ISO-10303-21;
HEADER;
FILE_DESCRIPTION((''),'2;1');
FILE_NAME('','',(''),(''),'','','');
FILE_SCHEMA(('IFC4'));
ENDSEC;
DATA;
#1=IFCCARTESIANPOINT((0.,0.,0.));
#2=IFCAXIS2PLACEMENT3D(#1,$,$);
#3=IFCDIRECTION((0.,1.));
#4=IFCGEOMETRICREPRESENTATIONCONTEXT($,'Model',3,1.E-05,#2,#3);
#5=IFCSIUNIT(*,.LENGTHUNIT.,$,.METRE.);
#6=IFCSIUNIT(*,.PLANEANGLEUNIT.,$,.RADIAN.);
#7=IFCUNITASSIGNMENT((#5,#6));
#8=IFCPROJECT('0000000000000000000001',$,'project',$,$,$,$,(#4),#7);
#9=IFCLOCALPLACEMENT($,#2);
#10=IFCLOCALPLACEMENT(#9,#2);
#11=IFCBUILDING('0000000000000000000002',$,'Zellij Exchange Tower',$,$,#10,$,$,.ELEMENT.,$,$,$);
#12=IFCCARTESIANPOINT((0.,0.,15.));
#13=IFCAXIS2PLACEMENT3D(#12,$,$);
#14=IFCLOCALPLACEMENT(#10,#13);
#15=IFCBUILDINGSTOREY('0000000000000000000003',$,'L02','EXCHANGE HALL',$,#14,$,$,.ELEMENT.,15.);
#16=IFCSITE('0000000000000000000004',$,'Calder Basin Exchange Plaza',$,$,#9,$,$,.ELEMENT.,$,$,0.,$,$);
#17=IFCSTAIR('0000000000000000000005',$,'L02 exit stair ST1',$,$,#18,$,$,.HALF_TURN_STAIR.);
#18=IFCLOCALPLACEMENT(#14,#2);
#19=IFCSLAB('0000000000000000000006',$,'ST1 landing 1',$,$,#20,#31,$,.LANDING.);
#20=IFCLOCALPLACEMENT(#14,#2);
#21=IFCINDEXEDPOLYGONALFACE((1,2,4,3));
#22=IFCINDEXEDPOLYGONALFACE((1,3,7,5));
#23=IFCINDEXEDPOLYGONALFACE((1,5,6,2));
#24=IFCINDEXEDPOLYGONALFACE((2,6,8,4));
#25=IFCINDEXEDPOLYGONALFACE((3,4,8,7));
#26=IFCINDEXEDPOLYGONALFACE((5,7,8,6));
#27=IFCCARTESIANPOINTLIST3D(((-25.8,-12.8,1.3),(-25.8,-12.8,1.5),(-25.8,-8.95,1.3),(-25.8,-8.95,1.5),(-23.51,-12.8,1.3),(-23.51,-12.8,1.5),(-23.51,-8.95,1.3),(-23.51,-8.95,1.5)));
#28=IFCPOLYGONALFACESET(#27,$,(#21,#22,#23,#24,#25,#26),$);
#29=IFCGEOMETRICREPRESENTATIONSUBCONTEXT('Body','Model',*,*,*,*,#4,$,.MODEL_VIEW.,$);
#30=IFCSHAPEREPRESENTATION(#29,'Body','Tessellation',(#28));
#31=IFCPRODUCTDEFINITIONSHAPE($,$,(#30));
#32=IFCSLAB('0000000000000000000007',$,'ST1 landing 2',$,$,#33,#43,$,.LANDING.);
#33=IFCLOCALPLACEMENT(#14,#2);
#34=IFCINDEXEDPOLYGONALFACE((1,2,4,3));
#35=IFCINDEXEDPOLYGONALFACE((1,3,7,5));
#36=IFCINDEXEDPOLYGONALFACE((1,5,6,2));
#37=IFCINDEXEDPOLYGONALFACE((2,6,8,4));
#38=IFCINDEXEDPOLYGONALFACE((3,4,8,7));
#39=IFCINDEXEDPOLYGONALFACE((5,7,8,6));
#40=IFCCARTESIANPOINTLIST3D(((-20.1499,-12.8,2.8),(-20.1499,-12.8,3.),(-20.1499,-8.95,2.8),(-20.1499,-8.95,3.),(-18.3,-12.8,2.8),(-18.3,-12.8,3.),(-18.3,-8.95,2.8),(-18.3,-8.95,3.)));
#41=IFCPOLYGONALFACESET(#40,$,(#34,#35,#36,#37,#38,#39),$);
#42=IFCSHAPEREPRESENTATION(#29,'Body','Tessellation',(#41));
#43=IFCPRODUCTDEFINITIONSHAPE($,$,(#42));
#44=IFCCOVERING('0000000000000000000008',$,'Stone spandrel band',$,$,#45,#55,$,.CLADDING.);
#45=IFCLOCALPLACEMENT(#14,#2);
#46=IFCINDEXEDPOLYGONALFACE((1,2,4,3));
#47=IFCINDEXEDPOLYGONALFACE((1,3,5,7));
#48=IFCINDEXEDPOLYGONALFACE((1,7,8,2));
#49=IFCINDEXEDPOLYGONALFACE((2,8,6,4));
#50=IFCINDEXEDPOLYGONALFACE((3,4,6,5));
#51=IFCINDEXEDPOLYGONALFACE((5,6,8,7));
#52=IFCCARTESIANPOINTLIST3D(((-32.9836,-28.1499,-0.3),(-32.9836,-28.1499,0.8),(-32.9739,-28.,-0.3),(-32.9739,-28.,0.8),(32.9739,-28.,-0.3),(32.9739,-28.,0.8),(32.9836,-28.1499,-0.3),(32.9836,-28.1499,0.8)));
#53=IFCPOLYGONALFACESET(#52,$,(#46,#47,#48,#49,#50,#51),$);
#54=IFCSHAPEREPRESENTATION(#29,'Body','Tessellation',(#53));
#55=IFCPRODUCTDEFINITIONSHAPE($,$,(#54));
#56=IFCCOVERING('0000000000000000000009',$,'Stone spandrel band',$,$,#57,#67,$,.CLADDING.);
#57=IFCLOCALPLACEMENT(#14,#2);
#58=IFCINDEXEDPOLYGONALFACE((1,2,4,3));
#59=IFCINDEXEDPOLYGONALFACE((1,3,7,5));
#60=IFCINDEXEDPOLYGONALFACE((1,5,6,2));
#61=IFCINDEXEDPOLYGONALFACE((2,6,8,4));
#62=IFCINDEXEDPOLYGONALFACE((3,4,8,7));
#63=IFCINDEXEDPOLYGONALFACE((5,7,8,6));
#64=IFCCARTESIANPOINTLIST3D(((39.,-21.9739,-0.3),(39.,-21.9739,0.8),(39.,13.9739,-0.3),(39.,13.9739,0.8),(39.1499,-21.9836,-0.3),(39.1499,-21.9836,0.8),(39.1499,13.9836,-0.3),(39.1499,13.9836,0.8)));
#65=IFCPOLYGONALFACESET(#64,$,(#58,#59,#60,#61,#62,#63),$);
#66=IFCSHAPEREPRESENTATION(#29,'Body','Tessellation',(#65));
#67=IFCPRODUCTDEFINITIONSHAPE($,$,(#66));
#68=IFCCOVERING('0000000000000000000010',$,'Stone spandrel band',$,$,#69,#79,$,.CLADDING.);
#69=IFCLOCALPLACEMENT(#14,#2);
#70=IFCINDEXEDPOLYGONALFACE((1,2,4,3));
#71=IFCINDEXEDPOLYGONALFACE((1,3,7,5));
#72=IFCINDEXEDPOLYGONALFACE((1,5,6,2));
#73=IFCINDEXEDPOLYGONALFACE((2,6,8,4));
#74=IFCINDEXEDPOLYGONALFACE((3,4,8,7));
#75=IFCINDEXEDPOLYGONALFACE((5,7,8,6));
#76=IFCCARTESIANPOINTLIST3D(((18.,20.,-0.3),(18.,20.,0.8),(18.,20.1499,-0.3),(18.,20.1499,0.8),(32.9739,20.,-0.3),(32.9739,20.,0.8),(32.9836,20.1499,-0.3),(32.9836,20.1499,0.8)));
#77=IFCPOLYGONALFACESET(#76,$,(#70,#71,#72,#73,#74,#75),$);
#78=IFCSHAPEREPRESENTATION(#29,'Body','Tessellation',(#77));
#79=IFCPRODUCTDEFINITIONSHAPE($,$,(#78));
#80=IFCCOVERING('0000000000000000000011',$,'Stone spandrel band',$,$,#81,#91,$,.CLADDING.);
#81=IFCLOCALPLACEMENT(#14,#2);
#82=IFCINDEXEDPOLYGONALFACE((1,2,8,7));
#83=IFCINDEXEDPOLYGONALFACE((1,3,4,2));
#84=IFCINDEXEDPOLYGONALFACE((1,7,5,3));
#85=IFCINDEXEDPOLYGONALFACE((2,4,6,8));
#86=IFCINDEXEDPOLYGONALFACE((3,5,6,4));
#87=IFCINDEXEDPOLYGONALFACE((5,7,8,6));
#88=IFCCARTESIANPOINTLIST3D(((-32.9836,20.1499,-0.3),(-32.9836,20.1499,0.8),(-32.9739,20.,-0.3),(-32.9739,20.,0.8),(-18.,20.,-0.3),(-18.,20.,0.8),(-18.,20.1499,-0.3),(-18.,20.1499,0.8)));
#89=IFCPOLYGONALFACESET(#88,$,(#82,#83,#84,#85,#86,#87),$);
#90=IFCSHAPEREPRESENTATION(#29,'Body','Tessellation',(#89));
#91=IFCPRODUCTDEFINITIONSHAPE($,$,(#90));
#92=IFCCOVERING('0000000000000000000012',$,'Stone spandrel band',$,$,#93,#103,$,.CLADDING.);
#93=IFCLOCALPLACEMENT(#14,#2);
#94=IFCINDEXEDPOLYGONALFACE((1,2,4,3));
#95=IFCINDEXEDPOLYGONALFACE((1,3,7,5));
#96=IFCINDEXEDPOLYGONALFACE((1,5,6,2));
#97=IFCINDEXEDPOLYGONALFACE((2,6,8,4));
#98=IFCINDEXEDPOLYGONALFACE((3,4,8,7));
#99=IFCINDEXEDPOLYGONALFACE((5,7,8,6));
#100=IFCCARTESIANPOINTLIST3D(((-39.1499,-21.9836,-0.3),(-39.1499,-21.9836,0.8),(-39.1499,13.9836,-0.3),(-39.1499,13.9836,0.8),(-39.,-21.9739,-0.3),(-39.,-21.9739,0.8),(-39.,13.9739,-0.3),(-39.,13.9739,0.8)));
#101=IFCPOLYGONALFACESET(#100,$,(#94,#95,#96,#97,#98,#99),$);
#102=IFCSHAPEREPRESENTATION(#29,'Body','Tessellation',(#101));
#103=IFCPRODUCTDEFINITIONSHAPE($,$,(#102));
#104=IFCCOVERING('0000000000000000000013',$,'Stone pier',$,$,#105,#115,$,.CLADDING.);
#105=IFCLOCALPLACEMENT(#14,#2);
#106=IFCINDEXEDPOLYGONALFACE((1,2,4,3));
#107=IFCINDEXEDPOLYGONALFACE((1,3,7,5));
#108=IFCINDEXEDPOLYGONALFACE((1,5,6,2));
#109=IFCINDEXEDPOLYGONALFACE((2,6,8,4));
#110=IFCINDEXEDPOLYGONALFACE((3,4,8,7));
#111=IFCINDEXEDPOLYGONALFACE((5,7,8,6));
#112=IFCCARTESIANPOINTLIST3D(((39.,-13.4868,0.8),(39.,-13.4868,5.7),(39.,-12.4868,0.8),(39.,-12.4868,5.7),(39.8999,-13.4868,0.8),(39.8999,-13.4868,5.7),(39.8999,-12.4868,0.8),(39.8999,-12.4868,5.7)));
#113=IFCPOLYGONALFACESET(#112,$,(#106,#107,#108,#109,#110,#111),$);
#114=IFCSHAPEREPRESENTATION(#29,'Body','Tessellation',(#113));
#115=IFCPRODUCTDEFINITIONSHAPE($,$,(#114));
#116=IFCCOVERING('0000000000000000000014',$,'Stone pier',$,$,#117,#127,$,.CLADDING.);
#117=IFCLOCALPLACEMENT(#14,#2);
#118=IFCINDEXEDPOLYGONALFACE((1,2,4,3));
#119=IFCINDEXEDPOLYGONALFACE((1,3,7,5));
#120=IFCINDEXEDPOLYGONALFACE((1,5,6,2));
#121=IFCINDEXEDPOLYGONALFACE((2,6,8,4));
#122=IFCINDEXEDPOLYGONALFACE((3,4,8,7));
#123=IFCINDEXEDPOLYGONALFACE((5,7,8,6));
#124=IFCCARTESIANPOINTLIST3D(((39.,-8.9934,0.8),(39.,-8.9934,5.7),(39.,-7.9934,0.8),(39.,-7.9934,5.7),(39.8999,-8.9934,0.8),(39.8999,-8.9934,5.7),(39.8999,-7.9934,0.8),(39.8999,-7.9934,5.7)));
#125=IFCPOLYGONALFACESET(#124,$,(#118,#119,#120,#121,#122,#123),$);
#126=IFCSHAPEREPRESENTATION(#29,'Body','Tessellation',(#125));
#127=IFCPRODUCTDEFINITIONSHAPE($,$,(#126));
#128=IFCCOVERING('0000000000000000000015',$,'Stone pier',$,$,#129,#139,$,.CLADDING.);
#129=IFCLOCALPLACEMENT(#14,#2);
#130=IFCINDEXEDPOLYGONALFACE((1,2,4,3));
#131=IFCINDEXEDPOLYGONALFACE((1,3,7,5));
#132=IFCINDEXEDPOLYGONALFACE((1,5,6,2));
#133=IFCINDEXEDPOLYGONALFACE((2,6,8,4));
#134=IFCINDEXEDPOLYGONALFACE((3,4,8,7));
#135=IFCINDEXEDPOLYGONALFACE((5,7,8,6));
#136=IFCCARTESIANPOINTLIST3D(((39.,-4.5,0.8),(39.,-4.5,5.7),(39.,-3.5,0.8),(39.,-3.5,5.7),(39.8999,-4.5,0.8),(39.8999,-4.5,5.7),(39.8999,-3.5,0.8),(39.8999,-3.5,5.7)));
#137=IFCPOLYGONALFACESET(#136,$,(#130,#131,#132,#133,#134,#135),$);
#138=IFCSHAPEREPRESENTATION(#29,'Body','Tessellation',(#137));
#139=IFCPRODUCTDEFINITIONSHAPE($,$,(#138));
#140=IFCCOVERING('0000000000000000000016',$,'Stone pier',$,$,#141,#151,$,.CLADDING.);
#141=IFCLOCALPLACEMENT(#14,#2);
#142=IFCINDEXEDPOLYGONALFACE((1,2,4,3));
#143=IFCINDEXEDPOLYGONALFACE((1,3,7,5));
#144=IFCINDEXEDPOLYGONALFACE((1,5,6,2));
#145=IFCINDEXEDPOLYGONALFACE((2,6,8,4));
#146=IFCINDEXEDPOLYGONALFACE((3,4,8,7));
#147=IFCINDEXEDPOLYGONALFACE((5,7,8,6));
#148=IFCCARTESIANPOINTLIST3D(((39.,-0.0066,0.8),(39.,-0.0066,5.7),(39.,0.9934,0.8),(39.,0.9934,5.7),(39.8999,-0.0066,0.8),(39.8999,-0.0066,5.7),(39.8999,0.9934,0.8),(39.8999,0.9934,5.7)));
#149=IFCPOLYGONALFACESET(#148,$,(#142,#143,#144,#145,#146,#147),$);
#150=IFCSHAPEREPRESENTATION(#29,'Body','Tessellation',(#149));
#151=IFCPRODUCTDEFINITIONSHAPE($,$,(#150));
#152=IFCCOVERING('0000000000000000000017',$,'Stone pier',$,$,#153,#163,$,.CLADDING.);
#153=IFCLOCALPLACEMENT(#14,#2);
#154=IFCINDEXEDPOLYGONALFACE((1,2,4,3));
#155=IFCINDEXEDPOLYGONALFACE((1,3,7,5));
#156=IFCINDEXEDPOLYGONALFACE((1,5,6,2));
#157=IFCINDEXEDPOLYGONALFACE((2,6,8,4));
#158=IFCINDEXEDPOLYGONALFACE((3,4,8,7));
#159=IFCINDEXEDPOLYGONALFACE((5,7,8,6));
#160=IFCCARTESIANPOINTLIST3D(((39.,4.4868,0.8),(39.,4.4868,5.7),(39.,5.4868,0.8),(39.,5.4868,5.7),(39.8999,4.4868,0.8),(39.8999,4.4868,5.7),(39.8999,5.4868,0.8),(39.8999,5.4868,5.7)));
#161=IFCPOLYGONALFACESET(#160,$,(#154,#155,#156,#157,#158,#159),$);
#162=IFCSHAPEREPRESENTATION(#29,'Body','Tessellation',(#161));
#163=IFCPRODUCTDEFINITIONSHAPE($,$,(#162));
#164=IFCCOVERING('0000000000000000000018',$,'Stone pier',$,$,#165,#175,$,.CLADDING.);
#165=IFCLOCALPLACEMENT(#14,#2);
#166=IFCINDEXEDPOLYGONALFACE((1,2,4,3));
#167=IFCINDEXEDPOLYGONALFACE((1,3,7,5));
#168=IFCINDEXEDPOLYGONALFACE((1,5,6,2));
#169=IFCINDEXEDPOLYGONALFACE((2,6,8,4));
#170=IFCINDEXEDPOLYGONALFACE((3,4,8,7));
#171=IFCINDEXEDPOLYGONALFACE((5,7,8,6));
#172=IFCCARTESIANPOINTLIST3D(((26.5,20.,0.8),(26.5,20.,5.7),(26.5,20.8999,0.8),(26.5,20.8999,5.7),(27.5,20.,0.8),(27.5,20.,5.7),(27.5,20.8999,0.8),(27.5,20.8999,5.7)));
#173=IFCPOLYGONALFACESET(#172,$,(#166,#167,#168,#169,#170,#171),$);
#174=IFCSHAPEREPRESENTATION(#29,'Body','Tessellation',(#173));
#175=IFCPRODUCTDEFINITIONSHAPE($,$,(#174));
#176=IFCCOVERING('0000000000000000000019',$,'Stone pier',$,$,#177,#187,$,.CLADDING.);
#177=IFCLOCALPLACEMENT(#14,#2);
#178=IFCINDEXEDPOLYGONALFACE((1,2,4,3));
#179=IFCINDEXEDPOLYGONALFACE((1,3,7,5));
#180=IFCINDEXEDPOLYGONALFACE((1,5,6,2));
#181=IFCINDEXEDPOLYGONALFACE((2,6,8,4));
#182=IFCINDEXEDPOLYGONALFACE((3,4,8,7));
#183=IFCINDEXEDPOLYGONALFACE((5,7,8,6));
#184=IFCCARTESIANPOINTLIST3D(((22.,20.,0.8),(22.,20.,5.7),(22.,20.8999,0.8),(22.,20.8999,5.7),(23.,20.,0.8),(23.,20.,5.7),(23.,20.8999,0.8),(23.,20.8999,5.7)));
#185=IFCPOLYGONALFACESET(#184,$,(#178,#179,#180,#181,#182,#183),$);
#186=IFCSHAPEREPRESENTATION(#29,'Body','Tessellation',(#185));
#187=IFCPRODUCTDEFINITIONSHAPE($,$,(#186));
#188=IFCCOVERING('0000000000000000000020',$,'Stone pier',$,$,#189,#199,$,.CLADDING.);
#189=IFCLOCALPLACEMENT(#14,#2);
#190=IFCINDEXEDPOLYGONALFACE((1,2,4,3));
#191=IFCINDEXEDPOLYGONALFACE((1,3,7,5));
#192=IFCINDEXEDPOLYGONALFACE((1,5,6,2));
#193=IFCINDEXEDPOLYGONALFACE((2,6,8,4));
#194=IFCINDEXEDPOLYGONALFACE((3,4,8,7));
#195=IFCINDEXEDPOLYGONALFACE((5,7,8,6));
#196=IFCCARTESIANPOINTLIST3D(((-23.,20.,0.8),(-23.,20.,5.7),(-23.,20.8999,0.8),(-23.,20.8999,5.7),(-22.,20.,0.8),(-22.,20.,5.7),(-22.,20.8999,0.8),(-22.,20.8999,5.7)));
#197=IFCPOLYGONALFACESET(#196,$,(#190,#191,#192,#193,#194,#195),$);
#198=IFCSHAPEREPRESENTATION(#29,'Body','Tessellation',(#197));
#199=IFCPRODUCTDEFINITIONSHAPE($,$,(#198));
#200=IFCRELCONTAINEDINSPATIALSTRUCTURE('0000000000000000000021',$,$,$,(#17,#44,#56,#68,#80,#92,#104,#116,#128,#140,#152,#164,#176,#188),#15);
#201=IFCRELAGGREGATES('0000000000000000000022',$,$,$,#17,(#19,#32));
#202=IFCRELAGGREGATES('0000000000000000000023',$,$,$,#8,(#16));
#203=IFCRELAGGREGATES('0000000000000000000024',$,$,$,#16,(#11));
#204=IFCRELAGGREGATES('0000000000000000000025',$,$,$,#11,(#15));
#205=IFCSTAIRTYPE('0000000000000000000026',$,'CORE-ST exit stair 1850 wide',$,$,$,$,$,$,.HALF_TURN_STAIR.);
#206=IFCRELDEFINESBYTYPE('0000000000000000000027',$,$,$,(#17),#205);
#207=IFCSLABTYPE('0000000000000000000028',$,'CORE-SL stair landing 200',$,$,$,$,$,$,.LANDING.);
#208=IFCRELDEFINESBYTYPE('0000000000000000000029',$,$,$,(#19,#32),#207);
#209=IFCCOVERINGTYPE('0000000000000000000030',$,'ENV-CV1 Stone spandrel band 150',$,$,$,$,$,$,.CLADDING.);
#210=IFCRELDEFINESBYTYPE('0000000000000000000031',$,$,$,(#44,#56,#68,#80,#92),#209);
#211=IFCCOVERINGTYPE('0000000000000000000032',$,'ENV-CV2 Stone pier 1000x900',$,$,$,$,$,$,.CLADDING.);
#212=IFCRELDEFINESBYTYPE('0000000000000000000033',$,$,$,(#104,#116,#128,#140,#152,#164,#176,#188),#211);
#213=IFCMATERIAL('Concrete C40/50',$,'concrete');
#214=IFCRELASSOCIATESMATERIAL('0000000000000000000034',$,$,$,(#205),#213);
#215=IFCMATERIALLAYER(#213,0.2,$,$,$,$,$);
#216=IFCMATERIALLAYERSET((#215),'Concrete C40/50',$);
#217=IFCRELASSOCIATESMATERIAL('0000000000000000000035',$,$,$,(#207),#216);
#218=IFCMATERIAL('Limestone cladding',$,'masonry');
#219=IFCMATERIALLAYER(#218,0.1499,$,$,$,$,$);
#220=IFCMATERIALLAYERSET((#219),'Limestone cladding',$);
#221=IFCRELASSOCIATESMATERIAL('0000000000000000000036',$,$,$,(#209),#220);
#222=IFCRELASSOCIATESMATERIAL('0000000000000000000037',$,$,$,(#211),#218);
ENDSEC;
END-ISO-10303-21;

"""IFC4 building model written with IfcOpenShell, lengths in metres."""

from ifc_helpers import new_model, si_unit, direction, frame, origin, place, context, subcontext, project, spatial, polyline, outline, extrude, material, layer, layer_set, type_object, element, aggregate, save


model = new_model("IFC4")

# Units and contexts
model_context = context("Model", 3, precision=1e-05, world=origin(), true_north=direction((0.0, 1.0)))
body_context = subcontext(model_context, "Body", "Model", "MODEL_VIEW")
ifc_project = project(units=[si_unit("LENGTHUNIT", "METRE"), si_unit("PLANEANGLEUNIT", "RADIAN")], contexts=[model_context])

# Site, building, storey
site_placement = place(None, origin())
site = spatial("IfcSite", under=ifc_project, at=site_placement, Name="Calder Basin Exchange Plaza", CompositionType="ELEMENT", RefElevation=0.0)
building_placement = place(site_placement, origin())
building = spatial("IfcBuilding", under=site, at=building_placement, Name="Zellij Exchange Tower", CompositionType="ELEMENT")
storey_placement = place(building_placement, frame((0.0, 0.0, 15.0)))
storey = spatial("IfcBuildingStorey", under=building, at=storey_placement, Name="L02", Description="EXCHANGE HALL", CompositionType="ELEMENT", Elevation=15.0)

# Stair, slabs
ifc_material_1 = material(Name="Concrete C40/50", Category="concrete")
stair_type = type_object("IfcStairType", Name="CORE-ST exit stair 1850 wide", PredefinedType="HALF_TURN_STAIR", material=ifc_material_1)
stair_placement = place(storey_placement, origin())
stair = element("IfcStair", 1, at=stair_placement, inside=storey, type_object=stair_type, Name="L02 exit stair ST1", PredefinedType="HALF_TURN_STAIR")
ifc_layer_1 = layer(ifc_material_1, 0.2)
ifc_layer_set_1 = layer_set([ifc_layer_1], Name="Concrete C40/50")
slab_type = type_object("IfcSlabType", Name="CORE-SL stair landing 200", PredefinedType="LANDING", material=ifc_layer_set_1)
slab_1_placement = place(storey_placement, frame((0.0, 0.0, 1.3)))
slab_1 = element("IfcSlab", 2, at=slab_1_placement, type_object=slab_type, Name="ST1 landing 1", PredefinedType="LANDING", context=body_context, shape_type="SweptSolid", body=[
    extrude(outline(polyline([(-23.51, -8.95), (-25.8, -8.95), (-25.8, -12.8), (-23.51, -12.8), (-23.51, -8.95)])), origin(), (0.0, 0.0, 1.0), 0.2),
])
slab_2_placement = place(storey_placement, frame((0.0, 0.0, 2.8)))
slab_2 = element("IfcSlab", 3, at=slab_2_placement, type_object=slab_type, Name="ST1 landing 2", PredefinedType="LANDING", context=body_context, shape_type="SweptSolid", body=[
    extrude(outline(polyline([(-18.3, -8.95), (-20.1499, -8.95), (-20.1499, -12.8), (-18.3, -12.8), (-18.3, -8.95)])), origin(), (0.0, 0.0, 1.0), 0.2),
])
aggregate(stair, [slab_1, slab_2])

# Coverings
ifc_material_2 = material(Name="Limestone cladding", Category="masonry")
ifc_layer_2 = layer(ifc_material_2, 0.1499)
ifc_layer_set_2 = layer_set([ifc_layer_2], Name="Limestone cladding")
covering_type_1 = type_object("IfcCoveringType", Name="ENV-CV1 Stone spandrel band 150", PredefinedType="CLADDING", material=ifc_layer_set_2)
covering_1_placement = place(storey_placement, frame((0.0, 0.0, -0.3)))
element("IfcCovering", 4, at=covering_1_placement, inside=storey, type_object=covering_type_1, Name="Stone spandrel band", PredefinedType="CLADDING", context=body_context, shape_type="SweptSolid", body=[
    extrude(outline(polyline([(-32.9739, -28.0), (32.9739, -28.0), (32.9836, -28.1499), (-32.9836, -28.1499), (-32.9739, -28.0)])), origin(), (0.0, 0.0, 1.0), 1.1001),
])
covering_2_placement = place(storey_placement, frame((0.0, 0.0, -0.3)))
element("IfcCovering", 5, at=covering_2_placement, inside=storey, type_object=covering_type_1, Name="Stone spandrel band", PredefinedType="CLADDING", context=body_context, shape_type="SweptSolid", body=[
    extrude(outline(polyline([(39.0, -21.9739), (39.0, 13.9739), (39.1499, 13.9836), (39.1499, -21.9836), (39.0, -21.9739)])), origin(), (0.0, 0.0, 1.0), 1.1001),
])
covering_3_placement = place(storey_placement, frame((0.0, 0.0, -0.3)))
element("IfcCovering", 6, at=covering_3_placement, inside=storey, type_object=covering_type_1, Name="Stone spandrel band", PredefinedType="CLADDING", context=body_context, shape_type="SweptSolid", body=[
    extrude(outline(polyline([(32.9739, 20.0), (18.0, 20.0), (18.0, 20.1499), (32.9836, 20.1499), (32.9739, 20.0)])), origin(), (0.0, 0.0, 1.0), 1.1001),
])
covering_4_placement = place(storey_placement, frame((0.0, 0.0, -0.3)))
element("IfcCovering", 7, at=covering_4_placement, inside=storey, type_object=covering_type_1, Name="Stone spandrel band", PredefinedType="CLADDING", context=body_context, shape_type="SweptSolid", body=[
    extrude(outline(polyline([(-18.0, 20.0), (-32.9739, 20.0), (-32.9836, 20.1499), (-18.0, 20.1499), (-18.0, 20.0)])), origin(), (0.0, 0.0, 1.0), 1.1001),
])
covering_5_placement = place(storey_placement, frame((0.0, 0.0, -0.3)))
element("IfcCovering", 8, at=covering_5_placement, inside=storey, type_object=covering_type_1, Name="Stone spandrel band", PredefinedType="CLADDING", context=body_context, shape_type="SweptSolid", body=[
    extrude(outline(polyline([(-39.0, 13.9739), (-39.0, -21.9739), (-39.1499, -21.9836), (-39.1499, 13.9836), (-39.0, 13.9739)])), origin(), (0.0, 0.0, 1.0), 1.1001),
])
covering_type_2 = type_object("IfcCoveringType", Name="ENV-CV2 Stone pier 1000x900", PredefinedType="CLADDING", material=ifc_material_2)
covering_6_placement = place(storey_placement, frame((0.0, 0.0, 0.8)))
element("IfcCovering", 9, at=covering_6_placement, inside=storey, type_object=covering_type_2, Name="Stone pier", PredefinedType="CLADDING", context=body_context, shape_type="SweptSolid", body=[
    extrude(outline(polyline([(39.0, -13.4868), (39.0, -12.4868), (39.8999, -12.4868), (39.8999, -13.4868), (39.0, -13.4868)])), origin(), (0.0, 0.0, 1.0), 4.8999),
])
covering_7_placement = place(storey_placement, frame((0.0, 0.0, 0.8)))
element("IfcCovering", 10, at=covering_7_placement, inside=storey, type_object=covering_type_2, Name="Stone pier", PredefinedType="CLADDING", context=body_context, shape_type="SweptSolid", body=[
    extrude(outline(polyline([(39.0, -8.9934), (39.0, -7.9934), (39.8999, -7.9934), (39.8999, -8.9934), (39.0, -8.9934)])), origin(), (0.0, 0.0, 1.0), 4.8999),
])
covering_8_placement = place(storey_placement, frame((0.0, 0.0, 0.8)))
element("IfcCovering", 11, at=covering_8_placement, inside=storey, type_object=covering_type_2, Name="Stone pier", PredefinedType="CLADDING", context=body_context, shape_type="SweptSolid", body=[
    extrude(outline(polyline([(39.0, -4.5), (39.0, -3.5), (39.8999, -3.5), (39.8999, -4.5), (39.0, -4.5)])), origin(), (0.0, 0.0, 1.0), 4.8999),
])
covering_9_placement = place(storey_placement, frame((0.0, 0.0, 0.8)))
element("IfcCovering", 12, at=covering_9_placement, inside=storey, type_object=covering_type_2, Name="Stone pier", PredefinedType="CLADDING", context=body_context, shape_type="SweptSolid", body=[
    extrude(outline(polyline([(39.0, -0.0066), (39.0, 0.9934), (39.8999, 0.9934), (39.8999, -0.0066), (39.0, -0.0066)])), origin(), (0.0, 0.0, 1.0), 4.8999),
])
covering_10_placement = place(storey_placement, frame((0.0, 0.0, 0.8)))
element("IfcCovering", 13, at=covering_10_placement, inside=storey, type_object=covering_type_2, Name="Stone pier", PredefinedType="CLADDING", context=body_context, shape_type="SweptSolid", body=[
    extrude(outline(polyline([(39.0, 4.4868), (39.0, 5.4868), (39.8999, 5.4868), (39.8999, 4.4868), (39.0, 4.4868)])), origin(), (0.0, 0.0, 1.0), 4.8999),
])
covering_11_placement = place(storey_placement, frame((0.0, 0.0, 0.8)))
element("IfcCovering", 14, at=covering_11_placement, inside=storey, type_object=covering_type_2, Name="Stone pier", PredefinedType="CLADDING", context=body_context, shape_type="SweptSolid", body=[
    extrude(outline(polyline([(27.5, 20.0), (26.5, 20.0), (26.5, 20.8999), (27.5, 20.8999), (27.5, 20.0)])), origin(), (0.0, 0.0, 1.0), 4.8999),
])
covering_12_placement = place(storey_placement, frame((0.0, 0.0, 0.8)))
element("IfcCovering", 15, at=covering_12_placement, inside=storey, type_object=covering_type_2, Name="Stone pier", PredefinedType="CLADDING", context=body_context, shape_type="SweptSolid", body=[
    extrude(outline(polyline([(23.0, 20.0), (22.0, 20.0), (22.0, 20.8999), (23.0, 20.8999), (23.0, 20.0)])), origin(), (0.0, 0.0, 1.0), 4.8999),
])
covering_13_placement = place(storey_placement, frame((0.0, 0.0, 0.8)))
element("IfcCovering", 16, at=covering_13_placement, inside=storey, type_object=covering_type_2, Name="Stone pier", PredefinedType="CLADDING", context=body_context, shape_type="SweptSolid", body=[
    extrude(outline(polyline([(-22.0, 20.0), (-23.0, 20.0), (-23.0, 20.8999), (-22.0, 20.8999), (-22.0, 20.0)])), origin(), (0.0, 0.0, 1.0), 4.8999),
])

save(model, "model.ifc")
